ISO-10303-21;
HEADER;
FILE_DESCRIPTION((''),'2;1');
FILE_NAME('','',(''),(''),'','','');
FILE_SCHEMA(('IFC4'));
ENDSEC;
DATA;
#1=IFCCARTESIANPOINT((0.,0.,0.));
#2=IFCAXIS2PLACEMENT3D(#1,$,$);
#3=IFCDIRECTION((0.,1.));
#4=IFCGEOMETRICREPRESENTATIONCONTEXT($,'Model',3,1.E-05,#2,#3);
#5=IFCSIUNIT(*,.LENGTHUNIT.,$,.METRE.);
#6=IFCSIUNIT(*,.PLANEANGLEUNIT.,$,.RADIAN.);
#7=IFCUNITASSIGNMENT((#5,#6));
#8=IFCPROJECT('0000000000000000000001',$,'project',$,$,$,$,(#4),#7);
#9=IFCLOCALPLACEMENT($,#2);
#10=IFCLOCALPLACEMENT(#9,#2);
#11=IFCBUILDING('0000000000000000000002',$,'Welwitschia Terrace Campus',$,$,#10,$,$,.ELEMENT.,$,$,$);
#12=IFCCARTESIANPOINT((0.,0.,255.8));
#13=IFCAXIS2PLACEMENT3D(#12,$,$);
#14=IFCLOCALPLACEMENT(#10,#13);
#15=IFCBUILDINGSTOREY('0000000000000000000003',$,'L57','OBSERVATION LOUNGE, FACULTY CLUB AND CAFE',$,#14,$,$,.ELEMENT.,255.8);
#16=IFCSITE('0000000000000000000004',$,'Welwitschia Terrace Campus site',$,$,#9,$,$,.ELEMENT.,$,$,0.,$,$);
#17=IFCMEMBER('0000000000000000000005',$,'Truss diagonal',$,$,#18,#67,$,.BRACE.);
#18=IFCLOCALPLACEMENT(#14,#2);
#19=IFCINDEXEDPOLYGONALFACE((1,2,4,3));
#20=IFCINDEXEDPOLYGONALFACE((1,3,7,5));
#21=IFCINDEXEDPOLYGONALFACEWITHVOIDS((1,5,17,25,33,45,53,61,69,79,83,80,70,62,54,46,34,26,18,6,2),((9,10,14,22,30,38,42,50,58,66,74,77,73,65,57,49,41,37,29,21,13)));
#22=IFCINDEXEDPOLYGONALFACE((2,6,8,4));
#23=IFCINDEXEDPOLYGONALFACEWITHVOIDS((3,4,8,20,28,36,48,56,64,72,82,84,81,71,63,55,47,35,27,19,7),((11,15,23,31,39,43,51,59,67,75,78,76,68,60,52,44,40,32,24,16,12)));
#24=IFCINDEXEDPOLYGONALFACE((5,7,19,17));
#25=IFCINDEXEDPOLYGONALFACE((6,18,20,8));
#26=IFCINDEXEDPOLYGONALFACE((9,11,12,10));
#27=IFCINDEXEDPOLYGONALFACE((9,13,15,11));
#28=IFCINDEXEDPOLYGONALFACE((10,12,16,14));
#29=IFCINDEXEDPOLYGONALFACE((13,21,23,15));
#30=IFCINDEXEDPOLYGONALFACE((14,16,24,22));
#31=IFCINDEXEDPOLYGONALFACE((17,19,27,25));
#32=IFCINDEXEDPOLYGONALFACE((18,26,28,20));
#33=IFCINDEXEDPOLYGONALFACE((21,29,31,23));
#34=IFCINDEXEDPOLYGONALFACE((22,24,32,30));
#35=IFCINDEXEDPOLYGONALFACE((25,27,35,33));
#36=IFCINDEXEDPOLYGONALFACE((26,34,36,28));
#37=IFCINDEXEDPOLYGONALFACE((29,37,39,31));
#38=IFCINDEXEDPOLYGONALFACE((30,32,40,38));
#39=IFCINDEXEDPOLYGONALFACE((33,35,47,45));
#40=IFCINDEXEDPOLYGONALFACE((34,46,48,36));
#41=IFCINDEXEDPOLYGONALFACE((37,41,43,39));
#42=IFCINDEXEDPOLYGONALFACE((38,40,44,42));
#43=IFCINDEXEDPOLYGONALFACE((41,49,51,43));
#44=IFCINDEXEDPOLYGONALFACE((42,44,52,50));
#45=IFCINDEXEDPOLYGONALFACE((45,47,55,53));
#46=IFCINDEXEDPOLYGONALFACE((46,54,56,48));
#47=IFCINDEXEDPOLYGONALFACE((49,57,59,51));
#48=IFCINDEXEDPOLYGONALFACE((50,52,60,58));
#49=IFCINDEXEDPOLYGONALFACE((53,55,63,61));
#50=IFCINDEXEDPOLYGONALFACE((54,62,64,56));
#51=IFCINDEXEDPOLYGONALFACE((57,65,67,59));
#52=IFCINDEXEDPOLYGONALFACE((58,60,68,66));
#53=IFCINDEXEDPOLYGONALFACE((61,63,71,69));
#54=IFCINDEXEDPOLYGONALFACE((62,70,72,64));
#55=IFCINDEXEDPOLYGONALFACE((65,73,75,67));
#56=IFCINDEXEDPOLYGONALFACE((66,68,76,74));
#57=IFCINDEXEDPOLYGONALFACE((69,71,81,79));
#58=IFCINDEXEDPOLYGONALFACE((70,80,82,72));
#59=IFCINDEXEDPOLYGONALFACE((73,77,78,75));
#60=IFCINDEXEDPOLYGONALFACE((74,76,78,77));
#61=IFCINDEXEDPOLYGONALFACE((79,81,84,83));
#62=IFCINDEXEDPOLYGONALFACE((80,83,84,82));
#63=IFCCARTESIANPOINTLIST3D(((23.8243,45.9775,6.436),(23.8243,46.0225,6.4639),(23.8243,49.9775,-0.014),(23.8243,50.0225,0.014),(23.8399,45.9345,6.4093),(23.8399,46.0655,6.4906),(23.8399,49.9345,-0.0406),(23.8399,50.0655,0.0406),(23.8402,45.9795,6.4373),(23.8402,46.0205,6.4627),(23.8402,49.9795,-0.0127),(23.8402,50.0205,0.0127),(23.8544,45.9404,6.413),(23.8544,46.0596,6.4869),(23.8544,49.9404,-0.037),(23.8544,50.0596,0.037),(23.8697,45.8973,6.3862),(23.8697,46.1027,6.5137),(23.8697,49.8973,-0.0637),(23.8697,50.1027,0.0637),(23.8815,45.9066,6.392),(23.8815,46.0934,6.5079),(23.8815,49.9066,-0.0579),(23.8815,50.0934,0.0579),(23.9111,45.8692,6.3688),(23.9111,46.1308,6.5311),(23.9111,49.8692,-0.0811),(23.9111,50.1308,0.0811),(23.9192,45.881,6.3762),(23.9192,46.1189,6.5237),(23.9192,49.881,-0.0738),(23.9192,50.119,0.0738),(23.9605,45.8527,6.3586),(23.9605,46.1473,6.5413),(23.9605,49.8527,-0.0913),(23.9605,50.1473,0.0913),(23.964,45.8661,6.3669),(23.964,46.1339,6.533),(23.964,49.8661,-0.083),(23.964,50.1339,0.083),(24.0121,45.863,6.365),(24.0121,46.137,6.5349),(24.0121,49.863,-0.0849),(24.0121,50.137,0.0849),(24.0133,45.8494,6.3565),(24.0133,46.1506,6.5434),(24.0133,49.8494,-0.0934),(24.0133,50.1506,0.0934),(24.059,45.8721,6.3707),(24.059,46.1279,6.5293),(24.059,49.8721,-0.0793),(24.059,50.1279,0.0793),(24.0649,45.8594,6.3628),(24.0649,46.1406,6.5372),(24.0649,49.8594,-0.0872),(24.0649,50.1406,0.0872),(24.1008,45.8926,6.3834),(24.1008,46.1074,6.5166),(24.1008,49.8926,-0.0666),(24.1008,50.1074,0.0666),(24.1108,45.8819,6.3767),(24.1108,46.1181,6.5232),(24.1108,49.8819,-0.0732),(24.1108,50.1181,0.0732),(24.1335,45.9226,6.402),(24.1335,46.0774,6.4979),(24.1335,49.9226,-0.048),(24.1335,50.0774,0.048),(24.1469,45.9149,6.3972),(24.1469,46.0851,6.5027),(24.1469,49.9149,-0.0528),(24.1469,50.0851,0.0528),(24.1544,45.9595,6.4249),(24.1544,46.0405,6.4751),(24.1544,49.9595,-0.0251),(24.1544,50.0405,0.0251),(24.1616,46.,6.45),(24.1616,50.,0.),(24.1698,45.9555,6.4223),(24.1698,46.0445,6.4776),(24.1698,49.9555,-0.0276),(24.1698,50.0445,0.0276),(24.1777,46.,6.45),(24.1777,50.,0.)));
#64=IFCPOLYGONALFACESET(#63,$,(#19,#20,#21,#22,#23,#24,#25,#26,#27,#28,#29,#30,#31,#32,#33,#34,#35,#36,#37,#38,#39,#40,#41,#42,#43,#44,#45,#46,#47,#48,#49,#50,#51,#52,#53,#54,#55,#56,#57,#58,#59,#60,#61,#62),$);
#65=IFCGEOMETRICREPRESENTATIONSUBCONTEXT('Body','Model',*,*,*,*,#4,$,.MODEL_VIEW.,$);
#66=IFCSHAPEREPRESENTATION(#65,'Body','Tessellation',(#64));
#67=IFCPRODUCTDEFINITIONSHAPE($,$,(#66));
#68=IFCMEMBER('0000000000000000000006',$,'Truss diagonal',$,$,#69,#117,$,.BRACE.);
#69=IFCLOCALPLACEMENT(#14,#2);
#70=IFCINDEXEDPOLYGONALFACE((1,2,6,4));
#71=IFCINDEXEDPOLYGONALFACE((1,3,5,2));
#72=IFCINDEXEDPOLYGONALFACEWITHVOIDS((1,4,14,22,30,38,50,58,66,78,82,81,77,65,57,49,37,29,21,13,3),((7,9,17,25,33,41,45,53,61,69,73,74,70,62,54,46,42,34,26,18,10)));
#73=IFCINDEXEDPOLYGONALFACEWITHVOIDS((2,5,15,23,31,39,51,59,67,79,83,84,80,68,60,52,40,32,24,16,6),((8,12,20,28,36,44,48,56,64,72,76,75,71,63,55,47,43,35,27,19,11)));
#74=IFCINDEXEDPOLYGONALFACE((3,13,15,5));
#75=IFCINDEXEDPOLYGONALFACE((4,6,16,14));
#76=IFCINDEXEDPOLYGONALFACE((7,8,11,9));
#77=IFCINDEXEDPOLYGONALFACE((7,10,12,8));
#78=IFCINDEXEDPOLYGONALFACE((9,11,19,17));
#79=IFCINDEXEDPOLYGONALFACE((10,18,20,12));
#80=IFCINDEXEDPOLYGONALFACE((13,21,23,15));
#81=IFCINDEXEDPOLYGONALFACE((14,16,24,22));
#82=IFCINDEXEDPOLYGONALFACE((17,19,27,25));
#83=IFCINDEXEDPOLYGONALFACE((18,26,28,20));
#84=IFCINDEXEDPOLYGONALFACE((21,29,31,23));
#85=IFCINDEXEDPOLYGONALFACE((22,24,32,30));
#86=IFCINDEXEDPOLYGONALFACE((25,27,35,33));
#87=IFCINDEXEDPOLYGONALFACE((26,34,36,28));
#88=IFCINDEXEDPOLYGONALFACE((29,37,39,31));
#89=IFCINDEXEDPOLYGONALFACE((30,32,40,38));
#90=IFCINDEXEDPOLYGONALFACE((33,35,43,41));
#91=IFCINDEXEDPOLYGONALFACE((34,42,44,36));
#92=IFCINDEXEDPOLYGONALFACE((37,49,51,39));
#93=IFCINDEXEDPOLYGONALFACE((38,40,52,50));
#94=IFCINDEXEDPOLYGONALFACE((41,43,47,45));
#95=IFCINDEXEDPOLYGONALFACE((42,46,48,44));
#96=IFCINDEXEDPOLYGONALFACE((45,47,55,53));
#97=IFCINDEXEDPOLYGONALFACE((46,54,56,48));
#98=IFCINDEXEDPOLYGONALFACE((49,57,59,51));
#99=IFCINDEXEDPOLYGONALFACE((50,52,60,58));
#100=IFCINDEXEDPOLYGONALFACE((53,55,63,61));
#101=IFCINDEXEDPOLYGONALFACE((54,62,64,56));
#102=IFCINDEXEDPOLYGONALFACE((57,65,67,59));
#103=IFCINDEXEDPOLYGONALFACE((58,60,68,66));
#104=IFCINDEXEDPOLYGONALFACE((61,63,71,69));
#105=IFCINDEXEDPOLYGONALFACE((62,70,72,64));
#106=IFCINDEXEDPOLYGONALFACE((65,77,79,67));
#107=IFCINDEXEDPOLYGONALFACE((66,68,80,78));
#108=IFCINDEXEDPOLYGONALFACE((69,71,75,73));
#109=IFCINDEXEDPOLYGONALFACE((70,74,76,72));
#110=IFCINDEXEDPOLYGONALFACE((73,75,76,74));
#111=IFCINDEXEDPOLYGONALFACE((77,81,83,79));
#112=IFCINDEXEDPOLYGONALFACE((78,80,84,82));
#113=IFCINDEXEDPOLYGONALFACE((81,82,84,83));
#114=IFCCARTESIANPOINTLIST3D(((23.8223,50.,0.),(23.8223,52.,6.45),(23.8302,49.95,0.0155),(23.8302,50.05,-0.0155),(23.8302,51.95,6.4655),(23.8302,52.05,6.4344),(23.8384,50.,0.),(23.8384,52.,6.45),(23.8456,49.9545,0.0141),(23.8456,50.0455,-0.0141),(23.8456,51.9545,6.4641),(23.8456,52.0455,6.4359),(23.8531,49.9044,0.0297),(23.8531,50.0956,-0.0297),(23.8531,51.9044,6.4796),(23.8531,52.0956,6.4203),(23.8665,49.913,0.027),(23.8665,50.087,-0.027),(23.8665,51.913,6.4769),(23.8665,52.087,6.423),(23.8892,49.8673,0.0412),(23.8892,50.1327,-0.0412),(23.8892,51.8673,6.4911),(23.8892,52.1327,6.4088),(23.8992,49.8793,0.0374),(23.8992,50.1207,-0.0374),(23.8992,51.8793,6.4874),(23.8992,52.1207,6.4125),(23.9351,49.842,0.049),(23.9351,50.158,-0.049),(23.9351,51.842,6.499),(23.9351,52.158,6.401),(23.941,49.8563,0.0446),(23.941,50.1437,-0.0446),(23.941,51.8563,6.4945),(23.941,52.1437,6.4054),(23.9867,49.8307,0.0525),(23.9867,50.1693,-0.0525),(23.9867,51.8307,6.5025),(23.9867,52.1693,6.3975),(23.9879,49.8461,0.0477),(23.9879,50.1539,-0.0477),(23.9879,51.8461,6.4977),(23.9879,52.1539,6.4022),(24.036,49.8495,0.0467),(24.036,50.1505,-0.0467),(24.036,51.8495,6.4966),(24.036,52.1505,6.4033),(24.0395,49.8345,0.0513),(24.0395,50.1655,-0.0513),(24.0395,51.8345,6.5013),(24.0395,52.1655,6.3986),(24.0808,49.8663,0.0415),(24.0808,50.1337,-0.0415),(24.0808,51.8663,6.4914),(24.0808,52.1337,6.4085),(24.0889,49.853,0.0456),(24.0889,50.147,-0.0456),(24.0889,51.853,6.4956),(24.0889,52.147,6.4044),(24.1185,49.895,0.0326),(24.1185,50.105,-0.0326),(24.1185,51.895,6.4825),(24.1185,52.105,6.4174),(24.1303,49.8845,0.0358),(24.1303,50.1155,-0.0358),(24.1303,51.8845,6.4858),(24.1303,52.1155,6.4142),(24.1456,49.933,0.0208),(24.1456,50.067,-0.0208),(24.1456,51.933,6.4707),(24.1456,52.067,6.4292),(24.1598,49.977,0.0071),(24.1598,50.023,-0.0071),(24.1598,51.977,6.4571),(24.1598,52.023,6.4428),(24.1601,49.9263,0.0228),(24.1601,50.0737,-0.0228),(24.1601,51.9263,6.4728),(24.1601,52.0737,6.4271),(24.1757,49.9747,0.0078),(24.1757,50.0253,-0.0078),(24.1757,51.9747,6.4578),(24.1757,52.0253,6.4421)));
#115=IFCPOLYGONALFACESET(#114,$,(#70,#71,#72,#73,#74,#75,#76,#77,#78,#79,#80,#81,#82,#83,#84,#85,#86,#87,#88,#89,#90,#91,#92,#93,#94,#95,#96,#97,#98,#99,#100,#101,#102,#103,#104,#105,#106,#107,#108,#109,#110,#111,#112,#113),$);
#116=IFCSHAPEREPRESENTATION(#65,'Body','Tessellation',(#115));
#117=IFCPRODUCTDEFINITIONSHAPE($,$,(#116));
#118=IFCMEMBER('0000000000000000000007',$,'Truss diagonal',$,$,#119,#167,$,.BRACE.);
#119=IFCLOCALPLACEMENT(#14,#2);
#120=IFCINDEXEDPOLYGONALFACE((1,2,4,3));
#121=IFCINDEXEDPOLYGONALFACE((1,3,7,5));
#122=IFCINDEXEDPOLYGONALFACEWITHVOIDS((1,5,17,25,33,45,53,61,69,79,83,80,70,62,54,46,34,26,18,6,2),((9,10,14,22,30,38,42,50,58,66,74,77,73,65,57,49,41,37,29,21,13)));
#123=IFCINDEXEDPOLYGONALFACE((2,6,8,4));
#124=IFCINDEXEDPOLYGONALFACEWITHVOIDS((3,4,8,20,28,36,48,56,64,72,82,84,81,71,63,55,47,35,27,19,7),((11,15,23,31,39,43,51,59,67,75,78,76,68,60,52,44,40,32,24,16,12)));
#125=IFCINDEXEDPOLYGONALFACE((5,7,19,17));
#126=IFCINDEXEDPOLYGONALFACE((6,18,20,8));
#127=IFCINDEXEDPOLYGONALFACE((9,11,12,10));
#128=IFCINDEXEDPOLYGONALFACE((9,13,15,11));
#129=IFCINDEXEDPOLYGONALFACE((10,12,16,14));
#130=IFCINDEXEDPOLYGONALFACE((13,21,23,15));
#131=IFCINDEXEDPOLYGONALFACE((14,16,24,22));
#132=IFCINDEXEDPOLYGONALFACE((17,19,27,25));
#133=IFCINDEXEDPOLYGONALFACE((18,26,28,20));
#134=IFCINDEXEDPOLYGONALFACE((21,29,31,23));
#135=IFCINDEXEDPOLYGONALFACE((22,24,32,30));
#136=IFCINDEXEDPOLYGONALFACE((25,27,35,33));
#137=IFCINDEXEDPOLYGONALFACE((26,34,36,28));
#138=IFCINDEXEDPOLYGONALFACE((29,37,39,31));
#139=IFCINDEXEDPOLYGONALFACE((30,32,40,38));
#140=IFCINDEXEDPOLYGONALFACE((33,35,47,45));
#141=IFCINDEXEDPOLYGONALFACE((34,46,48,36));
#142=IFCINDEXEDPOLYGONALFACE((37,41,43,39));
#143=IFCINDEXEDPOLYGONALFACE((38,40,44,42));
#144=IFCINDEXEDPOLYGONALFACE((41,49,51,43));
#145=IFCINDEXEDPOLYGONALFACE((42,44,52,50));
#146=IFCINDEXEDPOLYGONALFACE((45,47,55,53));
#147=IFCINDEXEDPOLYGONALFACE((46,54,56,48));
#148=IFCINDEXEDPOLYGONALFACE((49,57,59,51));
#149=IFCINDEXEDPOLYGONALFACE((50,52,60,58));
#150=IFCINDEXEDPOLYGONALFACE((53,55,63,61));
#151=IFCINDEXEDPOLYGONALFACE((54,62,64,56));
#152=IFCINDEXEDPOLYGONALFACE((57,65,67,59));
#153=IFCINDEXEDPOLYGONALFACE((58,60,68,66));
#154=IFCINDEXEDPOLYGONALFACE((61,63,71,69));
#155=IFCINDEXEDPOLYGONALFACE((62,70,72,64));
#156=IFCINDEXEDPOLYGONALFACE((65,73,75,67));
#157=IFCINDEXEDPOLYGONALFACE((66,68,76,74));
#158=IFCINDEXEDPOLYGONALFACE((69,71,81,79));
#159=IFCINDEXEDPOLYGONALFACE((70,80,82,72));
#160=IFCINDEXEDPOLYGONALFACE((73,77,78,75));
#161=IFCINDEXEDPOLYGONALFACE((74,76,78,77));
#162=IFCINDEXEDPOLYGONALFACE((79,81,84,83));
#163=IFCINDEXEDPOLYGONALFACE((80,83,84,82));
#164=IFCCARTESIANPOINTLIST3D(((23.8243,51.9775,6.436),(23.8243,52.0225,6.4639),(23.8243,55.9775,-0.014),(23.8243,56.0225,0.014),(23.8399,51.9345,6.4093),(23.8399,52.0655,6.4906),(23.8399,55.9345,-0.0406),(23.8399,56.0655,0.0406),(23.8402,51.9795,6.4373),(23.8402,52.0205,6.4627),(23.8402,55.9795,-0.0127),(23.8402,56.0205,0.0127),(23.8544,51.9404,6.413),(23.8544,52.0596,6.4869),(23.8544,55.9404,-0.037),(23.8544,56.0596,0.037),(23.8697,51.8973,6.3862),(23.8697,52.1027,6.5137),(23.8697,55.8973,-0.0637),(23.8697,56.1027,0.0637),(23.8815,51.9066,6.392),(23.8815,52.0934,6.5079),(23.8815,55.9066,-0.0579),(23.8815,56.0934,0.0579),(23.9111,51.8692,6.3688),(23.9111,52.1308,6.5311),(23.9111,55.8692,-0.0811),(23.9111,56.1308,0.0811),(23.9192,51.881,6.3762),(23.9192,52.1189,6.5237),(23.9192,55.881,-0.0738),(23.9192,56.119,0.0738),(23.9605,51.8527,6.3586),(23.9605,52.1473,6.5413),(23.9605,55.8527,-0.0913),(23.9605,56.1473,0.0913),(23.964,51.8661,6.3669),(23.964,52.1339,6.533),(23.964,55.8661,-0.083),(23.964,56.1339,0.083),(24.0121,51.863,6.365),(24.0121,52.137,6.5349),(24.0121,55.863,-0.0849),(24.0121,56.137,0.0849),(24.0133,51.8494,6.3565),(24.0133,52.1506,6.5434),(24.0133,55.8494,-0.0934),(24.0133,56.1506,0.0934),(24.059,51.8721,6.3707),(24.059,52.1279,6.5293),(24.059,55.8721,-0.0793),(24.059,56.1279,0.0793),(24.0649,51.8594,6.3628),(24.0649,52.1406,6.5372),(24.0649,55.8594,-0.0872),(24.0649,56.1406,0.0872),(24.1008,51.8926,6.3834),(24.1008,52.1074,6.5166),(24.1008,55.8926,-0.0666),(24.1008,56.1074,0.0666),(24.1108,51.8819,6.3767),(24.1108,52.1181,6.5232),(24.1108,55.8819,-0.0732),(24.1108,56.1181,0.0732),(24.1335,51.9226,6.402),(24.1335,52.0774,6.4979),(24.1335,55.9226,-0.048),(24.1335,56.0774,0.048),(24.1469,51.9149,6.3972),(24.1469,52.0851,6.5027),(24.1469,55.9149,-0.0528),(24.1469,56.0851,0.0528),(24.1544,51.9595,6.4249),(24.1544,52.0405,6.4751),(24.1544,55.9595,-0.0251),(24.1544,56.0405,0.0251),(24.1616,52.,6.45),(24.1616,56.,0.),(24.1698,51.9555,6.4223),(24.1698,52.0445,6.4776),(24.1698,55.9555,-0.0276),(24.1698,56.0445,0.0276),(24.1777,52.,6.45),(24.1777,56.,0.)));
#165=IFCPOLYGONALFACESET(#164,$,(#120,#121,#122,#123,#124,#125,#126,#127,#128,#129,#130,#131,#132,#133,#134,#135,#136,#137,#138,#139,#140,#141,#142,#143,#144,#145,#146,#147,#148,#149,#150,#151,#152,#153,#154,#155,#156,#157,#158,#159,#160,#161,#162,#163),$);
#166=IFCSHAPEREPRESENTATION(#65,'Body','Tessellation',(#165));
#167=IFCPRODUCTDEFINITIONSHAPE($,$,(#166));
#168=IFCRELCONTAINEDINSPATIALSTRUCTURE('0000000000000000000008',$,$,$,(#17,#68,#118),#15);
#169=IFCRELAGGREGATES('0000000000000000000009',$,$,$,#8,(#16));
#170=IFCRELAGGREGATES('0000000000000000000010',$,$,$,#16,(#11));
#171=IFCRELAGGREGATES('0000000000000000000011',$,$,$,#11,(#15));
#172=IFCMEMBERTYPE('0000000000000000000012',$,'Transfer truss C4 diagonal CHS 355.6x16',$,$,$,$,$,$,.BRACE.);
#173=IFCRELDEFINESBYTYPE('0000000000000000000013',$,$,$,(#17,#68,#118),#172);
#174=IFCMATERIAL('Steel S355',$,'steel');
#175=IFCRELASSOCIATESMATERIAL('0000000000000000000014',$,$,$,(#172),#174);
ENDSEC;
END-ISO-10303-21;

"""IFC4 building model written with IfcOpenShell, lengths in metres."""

from ifc_helpers import new_model, si_unit, direction, frame, origin, origin_2d, place, context, subcontext, project, spatial, hollow_circle, extrude, material, material_profile, profile_set, type_object, element, save


model = new_model("IFC4")

# Units and contexts
model_context = context("Model", 3, precision=1e-05, world=origin(), true_north=direction((0.0, 1.0)))
body_context = subcontext(model_context, "Body", "Model", "MODEL_VIEW")
ifc_project = project(units=[si_unit("LENGTHUNIT", "METRE"), si_unit("PLANEANGLEUNIT", "RADIAN")], contexts=[model_context])

# Site, building, storey
site_placement = place(None, origin())
site = spatial("IfcSite", under=ifc_project, at=site_placement, Name="Welwitschia Terrace Campus site", CompositionType="ELEMENT", RefElevation=0.0)
building_placement = place(site_placement, origin())
building = spatial("IfcBuilding", under=site, at=building_placement, Name="Welwitschia Terrace Campus", CompositionType="ELEMENT")
storey_placement = place(building_placement, frame((0.0, 0.0, 255.8)))
storey = spatial("IfcBuildingStorey", under=building, at=storey_placement, Name="L57", Description="OBSERVATION LOUNGE, FACULTY CLUB AND CAFE", CompositionType="ELEMENT", Elevation=255.8)

# Members
ifc_material_1 = material(Name="Steel S355", Category="steel")
ifc_material_profile_1 = material_profile(ifc_material_1, hollow_circle(Radius=0.1777, WallThickness=0.0161, at=origin_2d()))
ifc_profile_set_1 = profile_set([ifc_material_profile_1], Name="Steel S355")
member_type_1 = type_object("IfcMemberType", Name="Transfer truss C4 diagonal CHS 355.6x16", PredefinedType="BRACE", material=ifc_profile_set_1)
member_1_placement = place(storey_placement, frame((24.0, 50.0, 0.0), z_axis=(0.0, -0.527038, 0.849842), x_axis=(1.0, 0.0, 0.0)))
element("IfcMember", 1, at=member_1_placement, inside=storey, type_object=member_type_1, Name="Truss diagonal", PredefinedType="BRACE", context=body_context, shape_type="SweptSolid", body=[
    extrude(hollow_circle(Radius=0.1777, WallThickness=0.0161, at=origin_2d()), origin(), (0.0, 0.0, 1.0), 7.5896),
])
member_2_placement = place(storey_placement, frame((24.0, 50.0, 0.0), z_axis=(0.0, 0.296168, 0.955136), x_axis=(-1.0, 0.0, 0.0)))
element("IfcMember", 2, at=member_2_placement, inside=storey, type_object=member_type_1, Name="Truss diagonal", PredefinedType="BRACE", context=body_context, shape_type="SweptSolid", body=[
    extrude(hollow_circle(Radius=0.1777, WallThickness=0.0161, at=origin_2d()), origin(), (0.0, 0.0, 1.0), 6.7529),
])
member_3_placement = place(storey_placement, frame((24.0, 56.0, 0.0), z_axis=(0.0, -0.527038, 0.849842), x_axis=(1.0, 0.0, 0.0)))
element("IfcMember", 3, at=member_3_placement, inside=storey, type_object=member_type_1, Name="Truss diagonal", PredefinedType="BRACE", context=body_context, shape_type="SweptSolid", body=[
    extrude(hollow_circle(Radius=0.1777, WallThickness=0.0161, at=origin_2d()), origin(), (0.0, 0.0, 1.0), 7.5896),
])

save(model, "model.ifc")
